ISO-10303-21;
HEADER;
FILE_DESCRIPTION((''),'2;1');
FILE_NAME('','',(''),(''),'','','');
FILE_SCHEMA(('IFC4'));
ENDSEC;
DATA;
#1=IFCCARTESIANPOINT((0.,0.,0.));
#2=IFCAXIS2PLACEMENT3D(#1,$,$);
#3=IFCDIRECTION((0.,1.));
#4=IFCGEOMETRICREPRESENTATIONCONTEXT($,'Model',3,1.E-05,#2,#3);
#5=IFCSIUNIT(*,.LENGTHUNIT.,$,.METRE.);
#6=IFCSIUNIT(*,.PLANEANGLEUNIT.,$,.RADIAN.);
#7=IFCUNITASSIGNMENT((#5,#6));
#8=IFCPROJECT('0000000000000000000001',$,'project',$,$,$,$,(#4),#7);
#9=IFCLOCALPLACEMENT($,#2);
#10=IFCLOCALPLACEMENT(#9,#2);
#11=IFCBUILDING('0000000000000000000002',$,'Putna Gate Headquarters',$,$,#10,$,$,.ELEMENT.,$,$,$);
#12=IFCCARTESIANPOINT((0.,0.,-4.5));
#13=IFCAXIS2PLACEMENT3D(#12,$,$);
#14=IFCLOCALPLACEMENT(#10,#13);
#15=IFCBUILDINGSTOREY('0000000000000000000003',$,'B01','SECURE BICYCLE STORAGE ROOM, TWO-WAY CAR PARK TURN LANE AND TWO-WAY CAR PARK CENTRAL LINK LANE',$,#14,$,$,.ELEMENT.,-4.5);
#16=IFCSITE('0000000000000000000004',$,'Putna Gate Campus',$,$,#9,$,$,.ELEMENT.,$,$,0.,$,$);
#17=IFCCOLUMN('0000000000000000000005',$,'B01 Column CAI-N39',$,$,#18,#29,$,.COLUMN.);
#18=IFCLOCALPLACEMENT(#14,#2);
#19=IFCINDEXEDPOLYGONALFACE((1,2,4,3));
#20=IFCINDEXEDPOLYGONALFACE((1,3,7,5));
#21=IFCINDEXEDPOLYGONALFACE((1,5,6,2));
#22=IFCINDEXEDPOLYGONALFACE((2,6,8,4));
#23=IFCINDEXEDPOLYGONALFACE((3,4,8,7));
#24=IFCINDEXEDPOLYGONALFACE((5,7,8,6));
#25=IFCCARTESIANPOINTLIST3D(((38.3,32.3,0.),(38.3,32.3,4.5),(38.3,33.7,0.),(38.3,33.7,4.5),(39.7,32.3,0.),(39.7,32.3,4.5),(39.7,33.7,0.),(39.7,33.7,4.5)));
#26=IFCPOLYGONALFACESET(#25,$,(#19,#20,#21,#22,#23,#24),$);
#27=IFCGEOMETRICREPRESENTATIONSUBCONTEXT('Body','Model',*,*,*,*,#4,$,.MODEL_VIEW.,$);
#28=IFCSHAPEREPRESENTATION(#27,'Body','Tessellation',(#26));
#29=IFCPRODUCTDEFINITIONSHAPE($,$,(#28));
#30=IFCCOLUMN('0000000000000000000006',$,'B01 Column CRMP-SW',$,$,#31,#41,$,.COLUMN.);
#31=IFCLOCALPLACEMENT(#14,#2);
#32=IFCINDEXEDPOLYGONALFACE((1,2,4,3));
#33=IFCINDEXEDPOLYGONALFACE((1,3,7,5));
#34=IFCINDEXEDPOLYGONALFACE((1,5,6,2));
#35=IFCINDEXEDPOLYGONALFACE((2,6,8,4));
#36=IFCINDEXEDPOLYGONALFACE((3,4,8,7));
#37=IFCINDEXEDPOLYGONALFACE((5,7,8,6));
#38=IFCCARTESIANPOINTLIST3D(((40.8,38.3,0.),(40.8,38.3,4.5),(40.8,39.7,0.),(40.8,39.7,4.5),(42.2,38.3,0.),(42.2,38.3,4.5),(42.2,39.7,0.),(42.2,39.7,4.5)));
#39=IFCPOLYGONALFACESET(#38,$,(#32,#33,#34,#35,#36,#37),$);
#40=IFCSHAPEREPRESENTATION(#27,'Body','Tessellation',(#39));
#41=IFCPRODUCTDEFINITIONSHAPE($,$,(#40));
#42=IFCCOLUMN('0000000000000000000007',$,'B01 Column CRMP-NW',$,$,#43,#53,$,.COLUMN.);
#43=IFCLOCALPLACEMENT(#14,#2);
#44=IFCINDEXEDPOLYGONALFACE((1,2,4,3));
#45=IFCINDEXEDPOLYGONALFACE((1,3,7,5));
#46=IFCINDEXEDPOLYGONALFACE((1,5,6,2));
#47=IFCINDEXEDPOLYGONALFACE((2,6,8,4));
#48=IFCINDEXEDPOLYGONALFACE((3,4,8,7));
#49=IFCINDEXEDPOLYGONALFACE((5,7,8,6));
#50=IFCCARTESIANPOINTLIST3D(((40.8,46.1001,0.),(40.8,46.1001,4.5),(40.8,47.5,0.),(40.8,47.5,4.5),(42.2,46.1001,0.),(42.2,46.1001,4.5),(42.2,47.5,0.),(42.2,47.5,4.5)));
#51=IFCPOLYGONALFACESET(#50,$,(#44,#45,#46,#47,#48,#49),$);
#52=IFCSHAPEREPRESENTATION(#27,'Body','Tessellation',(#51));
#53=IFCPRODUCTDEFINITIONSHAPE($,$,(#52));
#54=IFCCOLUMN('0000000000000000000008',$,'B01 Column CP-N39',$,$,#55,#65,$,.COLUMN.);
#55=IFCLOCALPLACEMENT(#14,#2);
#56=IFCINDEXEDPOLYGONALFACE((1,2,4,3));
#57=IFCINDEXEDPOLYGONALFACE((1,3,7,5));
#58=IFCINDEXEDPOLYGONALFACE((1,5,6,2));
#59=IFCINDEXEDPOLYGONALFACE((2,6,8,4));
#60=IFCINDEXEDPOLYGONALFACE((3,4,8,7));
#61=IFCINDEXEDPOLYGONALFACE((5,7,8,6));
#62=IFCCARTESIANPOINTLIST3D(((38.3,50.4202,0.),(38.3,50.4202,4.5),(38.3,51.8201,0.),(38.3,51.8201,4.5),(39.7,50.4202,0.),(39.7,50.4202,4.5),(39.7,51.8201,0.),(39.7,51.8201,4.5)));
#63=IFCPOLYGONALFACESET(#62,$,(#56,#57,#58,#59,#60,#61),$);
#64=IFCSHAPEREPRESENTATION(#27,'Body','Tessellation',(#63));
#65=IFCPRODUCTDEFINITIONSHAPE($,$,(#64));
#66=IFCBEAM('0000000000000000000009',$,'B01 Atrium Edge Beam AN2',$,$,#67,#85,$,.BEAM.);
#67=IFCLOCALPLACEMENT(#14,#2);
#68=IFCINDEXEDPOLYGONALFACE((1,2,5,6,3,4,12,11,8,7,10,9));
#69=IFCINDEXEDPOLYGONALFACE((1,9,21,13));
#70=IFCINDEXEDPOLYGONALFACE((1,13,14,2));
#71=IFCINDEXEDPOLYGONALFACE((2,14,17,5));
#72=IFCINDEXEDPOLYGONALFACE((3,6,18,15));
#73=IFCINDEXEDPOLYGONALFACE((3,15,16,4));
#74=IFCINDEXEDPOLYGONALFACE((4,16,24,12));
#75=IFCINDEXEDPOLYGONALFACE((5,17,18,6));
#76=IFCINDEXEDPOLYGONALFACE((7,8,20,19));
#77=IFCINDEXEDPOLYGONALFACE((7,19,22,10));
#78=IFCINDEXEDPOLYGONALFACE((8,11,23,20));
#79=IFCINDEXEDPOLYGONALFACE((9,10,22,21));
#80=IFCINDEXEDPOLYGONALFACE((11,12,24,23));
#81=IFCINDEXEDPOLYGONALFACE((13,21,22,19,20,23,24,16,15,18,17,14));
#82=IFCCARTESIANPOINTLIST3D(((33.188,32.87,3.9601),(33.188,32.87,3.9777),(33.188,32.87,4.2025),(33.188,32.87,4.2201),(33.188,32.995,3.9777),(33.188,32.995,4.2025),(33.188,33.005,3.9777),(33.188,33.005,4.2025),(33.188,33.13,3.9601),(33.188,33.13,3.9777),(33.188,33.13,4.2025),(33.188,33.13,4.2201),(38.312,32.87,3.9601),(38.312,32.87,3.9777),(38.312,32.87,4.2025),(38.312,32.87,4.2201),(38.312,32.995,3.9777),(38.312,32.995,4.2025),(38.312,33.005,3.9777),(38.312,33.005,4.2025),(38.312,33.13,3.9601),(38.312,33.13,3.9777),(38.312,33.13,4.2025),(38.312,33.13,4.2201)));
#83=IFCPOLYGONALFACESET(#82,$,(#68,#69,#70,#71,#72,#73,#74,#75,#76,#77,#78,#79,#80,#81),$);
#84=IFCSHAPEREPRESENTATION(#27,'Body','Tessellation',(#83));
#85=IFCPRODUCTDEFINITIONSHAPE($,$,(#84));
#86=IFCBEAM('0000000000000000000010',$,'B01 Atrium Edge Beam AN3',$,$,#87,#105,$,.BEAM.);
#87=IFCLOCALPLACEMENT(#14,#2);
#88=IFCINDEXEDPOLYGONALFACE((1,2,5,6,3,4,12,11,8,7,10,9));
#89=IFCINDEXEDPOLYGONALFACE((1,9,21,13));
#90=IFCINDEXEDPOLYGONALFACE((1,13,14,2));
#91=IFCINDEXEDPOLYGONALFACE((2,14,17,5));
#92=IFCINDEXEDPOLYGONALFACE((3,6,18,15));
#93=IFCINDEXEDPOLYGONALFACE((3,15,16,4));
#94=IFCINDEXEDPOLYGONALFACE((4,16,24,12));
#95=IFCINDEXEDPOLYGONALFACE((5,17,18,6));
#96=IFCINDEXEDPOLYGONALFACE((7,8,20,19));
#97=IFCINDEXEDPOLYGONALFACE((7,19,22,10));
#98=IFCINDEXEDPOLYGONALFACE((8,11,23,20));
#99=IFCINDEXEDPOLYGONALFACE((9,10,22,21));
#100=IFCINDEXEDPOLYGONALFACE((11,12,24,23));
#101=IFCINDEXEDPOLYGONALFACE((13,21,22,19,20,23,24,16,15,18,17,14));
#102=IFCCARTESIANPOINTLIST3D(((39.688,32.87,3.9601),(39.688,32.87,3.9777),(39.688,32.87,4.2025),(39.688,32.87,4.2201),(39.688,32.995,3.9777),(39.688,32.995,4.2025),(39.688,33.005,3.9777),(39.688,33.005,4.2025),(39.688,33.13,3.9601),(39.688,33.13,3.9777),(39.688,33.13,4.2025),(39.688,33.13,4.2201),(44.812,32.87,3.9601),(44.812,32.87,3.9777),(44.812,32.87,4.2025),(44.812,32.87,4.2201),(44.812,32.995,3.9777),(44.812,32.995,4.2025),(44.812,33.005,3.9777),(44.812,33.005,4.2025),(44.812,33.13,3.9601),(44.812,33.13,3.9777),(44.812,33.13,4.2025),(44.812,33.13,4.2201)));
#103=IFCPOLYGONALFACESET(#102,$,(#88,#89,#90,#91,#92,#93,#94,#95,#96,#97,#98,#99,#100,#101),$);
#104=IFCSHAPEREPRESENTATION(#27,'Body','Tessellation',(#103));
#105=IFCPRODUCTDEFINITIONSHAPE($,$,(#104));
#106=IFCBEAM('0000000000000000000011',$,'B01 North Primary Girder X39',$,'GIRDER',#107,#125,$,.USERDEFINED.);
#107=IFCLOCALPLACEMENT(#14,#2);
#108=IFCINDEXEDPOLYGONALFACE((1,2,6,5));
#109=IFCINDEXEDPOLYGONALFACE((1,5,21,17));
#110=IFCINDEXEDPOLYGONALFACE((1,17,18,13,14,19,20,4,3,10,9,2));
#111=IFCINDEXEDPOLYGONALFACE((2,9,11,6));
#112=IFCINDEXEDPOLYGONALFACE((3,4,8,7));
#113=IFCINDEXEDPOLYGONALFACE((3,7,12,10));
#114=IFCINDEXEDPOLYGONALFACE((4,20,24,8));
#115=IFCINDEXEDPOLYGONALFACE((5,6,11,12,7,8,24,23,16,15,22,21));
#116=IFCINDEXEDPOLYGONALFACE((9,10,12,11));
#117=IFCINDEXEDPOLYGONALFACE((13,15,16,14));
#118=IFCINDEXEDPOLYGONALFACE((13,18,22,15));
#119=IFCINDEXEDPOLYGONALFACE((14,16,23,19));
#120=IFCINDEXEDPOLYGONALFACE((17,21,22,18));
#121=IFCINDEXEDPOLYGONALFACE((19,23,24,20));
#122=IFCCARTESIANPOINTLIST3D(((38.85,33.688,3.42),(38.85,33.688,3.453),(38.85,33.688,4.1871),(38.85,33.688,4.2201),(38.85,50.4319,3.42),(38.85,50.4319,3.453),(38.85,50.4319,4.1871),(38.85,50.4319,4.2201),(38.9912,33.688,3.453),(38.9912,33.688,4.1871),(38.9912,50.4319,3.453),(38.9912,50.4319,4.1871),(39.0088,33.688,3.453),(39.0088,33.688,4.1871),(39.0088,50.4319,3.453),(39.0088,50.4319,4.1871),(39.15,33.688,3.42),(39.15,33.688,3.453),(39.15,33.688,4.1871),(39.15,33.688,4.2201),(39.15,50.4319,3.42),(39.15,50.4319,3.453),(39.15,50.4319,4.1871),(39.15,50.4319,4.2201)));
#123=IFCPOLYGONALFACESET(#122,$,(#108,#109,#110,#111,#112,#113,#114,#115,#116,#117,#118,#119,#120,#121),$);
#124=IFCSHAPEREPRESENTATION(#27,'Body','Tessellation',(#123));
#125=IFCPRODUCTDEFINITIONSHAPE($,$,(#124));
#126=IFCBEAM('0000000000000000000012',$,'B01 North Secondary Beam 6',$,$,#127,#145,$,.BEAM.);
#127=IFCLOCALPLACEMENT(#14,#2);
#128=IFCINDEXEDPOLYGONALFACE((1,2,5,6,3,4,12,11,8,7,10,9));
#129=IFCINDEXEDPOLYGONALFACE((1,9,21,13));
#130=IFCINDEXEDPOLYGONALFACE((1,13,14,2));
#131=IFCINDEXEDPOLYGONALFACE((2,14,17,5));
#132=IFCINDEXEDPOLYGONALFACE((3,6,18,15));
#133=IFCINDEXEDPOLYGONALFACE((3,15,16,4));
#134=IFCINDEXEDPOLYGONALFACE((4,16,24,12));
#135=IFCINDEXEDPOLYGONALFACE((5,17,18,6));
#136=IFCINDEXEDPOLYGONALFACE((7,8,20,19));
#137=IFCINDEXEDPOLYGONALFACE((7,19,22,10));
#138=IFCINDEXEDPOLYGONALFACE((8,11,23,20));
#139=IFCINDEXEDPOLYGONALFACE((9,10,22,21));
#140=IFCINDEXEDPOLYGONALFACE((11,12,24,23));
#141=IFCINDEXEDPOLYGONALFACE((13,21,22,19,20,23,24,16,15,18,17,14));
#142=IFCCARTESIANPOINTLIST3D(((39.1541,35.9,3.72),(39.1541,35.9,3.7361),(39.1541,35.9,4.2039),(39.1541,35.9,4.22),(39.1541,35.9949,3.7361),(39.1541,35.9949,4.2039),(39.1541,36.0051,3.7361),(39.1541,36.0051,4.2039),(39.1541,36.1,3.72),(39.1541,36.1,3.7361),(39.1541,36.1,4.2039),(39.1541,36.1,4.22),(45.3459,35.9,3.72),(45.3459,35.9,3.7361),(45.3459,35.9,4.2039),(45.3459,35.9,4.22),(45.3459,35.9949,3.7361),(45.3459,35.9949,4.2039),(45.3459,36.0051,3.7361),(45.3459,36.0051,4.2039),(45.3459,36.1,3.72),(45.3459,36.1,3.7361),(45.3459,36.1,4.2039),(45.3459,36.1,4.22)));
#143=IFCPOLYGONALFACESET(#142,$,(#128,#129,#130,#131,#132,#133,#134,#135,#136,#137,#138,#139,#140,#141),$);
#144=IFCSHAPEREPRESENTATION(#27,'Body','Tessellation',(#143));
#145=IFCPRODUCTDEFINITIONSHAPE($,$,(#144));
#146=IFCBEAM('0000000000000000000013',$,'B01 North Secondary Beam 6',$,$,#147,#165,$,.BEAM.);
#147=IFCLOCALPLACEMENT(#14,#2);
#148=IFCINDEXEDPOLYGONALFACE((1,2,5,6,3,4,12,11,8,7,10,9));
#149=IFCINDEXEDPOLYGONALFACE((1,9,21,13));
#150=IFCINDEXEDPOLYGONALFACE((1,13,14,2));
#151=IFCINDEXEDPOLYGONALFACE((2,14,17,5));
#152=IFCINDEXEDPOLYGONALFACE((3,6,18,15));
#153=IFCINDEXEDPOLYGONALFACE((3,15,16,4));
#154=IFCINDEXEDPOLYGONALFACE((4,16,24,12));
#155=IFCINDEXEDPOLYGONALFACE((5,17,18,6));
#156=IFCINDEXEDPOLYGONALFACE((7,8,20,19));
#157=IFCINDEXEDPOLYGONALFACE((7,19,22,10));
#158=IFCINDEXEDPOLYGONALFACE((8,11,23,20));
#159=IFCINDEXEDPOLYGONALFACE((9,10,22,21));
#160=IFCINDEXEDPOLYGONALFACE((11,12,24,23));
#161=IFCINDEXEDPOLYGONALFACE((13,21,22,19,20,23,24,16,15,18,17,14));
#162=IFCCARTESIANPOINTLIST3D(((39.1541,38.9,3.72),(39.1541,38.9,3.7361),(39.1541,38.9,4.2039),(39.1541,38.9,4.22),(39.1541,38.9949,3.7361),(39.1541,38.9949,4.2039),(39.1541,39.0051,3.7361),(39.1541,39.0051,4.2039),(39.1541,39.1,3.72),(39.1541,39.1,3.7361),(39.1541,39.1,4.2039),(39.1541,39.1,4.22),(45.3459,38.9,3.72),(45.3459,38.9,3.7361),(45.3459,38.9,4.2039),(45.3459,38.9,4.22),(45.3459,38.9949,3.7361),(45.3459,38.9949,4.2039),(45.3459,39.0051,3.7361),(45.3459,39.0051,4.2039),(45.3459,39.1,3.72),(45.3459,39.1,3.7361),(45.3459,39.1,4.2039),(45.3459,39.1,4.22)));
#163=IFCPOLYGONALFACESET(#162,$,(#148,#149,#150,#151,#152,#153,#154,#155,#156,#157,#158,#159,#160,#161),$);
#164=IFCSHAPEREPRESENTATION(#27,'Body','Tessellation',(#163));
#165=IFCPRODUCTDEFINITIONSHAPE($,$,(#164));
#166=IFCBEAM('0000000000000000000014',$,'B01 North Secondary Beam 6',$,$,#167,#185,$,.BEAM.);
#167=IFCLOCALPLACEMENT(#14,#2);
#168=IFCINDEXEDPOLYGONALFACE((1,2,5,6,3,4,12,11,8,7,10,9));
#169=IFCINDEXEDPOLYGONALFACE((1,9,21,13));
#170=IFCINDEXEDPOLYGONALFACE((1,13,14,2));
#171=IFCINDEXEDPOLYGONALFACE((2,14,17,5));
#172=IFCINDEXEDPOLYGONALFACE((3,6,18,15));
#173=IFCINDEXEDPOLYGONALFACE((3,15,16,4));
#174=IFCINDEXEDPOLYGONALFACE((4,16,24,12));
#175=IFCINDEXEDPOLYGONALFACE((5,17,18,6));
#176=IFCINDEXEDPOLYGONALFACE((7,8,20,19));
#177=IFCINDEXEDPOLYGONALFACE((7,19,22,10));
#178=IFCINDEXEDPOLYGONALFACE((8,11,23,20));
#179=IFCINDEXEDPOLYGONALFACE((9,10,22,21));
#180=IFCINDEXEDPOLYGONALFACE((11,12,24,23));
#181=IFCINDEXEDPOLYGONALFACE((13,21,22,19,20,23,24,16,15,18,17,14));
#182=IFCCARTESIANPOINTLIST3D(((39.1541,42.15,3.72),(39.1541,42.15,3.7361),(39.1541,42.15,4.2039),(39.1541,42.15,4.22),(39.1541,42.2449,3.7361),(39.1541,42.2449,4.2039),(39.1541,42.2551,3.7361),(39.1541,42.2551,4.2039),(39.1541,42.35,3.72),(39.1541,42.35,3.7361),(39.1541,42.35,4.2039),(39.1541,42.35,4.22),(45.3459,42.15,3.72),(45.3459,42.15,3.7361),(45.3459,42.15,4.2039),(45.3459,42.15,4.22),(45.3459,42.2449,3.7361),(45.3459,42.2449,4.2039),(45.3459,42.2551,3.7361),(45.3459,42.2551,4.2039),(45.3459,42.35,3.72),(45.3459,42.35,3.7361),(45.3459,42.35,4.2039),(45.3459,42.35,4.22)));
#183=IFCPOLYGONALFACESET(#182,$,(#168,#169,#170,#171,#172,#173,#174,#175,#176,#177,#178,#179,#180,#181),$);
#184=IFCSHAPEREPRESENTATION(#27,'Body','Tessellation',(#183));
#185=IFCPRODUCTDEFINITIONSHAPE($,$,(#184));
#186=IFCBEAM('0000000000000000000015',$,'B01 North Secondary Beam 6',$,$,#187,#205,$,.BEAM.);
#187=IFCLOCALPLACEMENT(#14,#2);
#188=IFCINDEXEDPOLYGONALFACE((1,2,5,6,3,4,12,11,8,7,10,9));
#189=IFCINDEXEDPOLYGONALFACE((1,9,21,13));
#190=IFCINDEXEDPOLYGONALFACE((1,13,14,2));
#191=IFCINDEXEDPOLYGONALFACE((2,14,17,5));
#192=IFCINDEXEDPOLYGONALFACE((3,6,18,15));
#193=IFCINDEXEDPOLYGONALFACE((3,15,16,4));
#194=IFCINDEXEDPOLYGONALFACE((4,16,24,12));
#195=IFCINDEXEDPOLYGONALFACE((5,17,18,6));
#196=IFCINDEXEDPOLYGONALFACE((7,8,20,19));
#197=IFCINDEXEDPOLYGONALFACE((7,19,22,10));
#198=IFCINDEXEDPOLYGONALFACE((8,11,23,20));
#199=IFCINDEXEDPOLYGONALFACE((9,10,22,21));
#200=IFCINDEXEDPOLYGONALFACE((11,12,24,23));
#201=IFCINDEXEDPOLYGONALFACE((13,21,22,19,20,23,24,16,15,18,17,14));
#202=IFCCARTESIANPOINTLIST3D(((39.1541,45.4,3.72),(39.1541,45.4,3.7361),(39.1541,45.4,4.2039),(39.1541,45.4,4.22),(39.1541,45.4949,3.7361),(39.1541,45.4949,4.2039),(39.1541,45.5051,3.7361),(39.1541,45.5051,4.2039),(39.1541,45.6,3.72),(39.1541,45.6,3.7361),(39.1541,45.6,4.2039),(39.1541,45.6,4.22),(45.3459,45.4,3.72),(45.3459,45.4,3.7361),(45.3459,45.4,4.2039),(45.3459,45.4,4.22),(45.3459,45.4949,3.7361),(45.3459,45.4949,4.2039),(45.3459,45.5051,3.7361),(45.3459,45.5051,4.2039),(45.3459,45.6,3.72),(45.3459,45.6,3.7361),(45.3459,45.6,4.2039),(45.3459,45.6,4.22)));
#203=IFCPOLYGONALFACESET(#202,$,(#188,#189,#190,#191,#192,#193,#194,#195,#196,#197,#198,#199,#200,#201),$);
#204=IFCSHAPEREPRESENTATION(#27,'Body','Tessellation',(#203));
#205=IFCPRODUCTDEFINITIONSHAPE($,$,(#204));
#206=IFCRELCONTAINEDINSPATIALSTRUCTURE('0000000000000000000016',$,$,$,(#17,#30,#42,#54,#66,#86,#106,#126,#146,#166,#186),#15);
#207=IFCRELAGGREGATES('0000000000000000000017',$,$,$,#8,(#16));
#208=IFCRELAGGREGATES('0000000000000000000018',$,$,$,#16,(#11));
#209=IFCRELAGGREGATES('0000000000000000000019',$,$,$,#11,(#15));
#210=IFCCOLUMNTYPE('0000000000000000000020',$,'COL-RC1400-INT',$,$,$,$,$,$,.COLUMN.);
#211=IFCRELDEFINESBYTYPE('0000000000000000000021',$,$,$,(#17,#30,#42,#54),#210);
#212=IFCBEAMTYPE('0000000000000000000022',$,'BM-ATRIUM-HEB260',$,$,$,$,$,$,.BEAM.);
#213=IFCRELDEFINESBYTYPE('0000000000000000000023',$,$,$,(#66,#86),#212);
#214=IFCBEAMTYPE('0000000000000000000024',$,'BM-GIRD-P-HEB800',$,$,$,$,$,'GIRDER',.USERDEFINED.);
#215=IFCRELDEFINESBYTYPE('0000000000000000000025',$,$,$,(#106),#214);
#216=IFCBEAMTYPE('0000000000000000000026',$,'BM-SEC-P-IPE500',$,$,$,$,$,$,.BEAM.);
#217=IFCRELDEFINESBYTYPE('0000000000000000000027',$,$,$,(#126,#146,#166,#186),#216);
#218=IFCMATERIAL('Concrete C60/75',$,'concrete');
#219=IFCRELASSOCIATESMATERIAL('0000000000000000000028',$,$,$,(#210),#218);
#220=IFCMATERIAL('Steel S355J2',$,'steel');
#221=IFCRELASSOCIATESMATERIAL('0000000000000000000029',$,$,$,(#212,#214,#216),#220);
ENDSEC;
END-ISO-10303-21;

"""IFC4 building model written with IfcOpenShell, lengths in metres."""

from ifc_helpers import new_model, si_unit, direction, frame, origin, origin_2d, place, context, subcontext, project, spatial, rectangle, i_section, extrude, material, material_profile, profile_set, type_object, element, save


model = new_model("IFC4")

# Units and contexts
model_context = context("Model", 3, precision=1e-05, world=origin(), true_north=direction((0.0, 1.0)))
body_context = subcontext(model_context, "Body", "Model", "MODEL_VIEW")
ifc_project = project(units=[si_unit("LENGTHUNIT", "METRE"), si_unit("PLANEANGLEUNIT", "RADIAN")], contexts=[model_context])

# Site, building, storey
site_placement = place(None, origin())
site = spatial("IfcSite", under=ifc_project, at=site_placement, Name="Putna Gate Campus", CompositionType="ELEMENT", RefElevation=0.0)
building_placement = place(site_placement, origin())
building = spatial("IfcBuilding", under=site, at=building_placement, Name="Putna Gate Headquarters", CompositionType="ELEMENT")
storey_placement = place(building_placement, frame((0.0, 0.0, -4.5)))
storey = spatial("IfcBuildingStorey", under=building, at=storey_placement, Name="B01", Description="SECURE BICYCLE STORAGE ROOM, TWO-WAY CAR PARK TURN LANE AND TWO-WAY CAR PARK CENTRAL LINK LANE", CompositionType="ELEMENT", Elevation=-4.5)

# Columns
ifc_material_1 = material(Name="Concrete C60/75", Category="concrete")
ifc_material_profile_1 = material_profile(ifc_material_1, rectangle(XDim=1.3999, YDim=1.3999, at=origin_2d()), Name="Concrete C60/75")
ifc_profile_set_1 = profile_set([ifc_material_profile_1], Name="Concrete C60/75")
column_type = type_object("IfcColumnType", Name="COL-RC1400-INT", PredefinedType="COLUMN", material=ifc_profile_set_1)
for number, where, z_axis, x_axis, name in (
    (1, (39.0, 33.0, 0.0), (0.0, 0.0, 1.0), (1.0, 0.0, 0.0), "B01 Column CAI-N39"),
    (2, (41.5, 39.0, 0.0), (0.0, 0.0, 1.0), (1.0, 0.0, 0.0), "B01 Column CRMP-SW"),
    (3, (41.5, 46.8, 0.0), (0.0, 0.0, 1.0), (1.0, 0.0, 0.0), "B01 Column CRMP-NW"),
    (4, (39.0, 51.1201, 0.0), (0.0, 0.0, 1.0), (1.0, 0.0, 0.0), "B01 Column CP-N39"),
):
    element("IfcColumn", number, at=place(storey_placement, frame(where, z_axis=z_axis, x_axis=x_axis)), inside=storey, type_object=column_type, Name=name, PredefinedType="COLUMN", context=body_context, shape_type="SweptSolid", body=[
        extrude(rectangle(XDim=1.3999, YDim=1.3999, at=origin_2d()), origin(), (0.0, 0.0, 1.0), 4.5),
    ])

# Beams
ifc_material_2 = material(Name="Steel S355J2", Category="steel")
ifc_material_profile_2 = material_profile(ifc_material_2, i_section(OverallWidth=0.26, OverallDepth=0.26, WebThickness=0.01, FlangeThickness=0.0176, at=origin_2d()), Name="Steel S355J2")
ifc_profile_set_2 = profile_set([ifc_material_profile_2], Name="Steel S355J2")
beam_type_1 = type_object("IfcBeamType", Name="BM-ATRIUM-HEB260", PredefinedType="BEAM", material=ifc_profile_set_2)
for number, where, z_axis, x_axis, name in (
    (5, (33.188, 33.0, 4.0901), (1.0, 0.0, 0.0), (0.0, 1.0, 0.0), "B01 Atrium Edge Beam AN2"),
    (6, (39.688, 33.0, 4.0901), (1.0, 0.0, 0.0), (0.0, 1.0, 0.0), "B01 Atrium Edge Beam AN3"),
):
    element("IfcBeam", number, at=place(storey_placement, frame(where, z_axis=z_axis, x_axis=x_axis)), inside=storey, type_object=beam_type_1, Name=name, PredefinedType="BEAM", context=body_context, shape_type="SweptSolid", body=[
        extrude(i_section(OverallWidth=0.26, OverallDepth=0.26, WebThickness=0.01, FlangeThickness=0.0176, at=origin_2d()), origin(), (0.0, 0.0, 1.0), 5.124),
    ])
ifc_material_profile_3 = material_profile(ifc_material_2, i_section(OverallWidth=0.3, OverallDepth=0.8, WebThickness=0.0176, FlangeThickness=0.033, at=origin_2d()), Name="Steel S355J2")
ifc_profile_set_3 = profile_set([ifc_material_profile_3], Name="Steel S355J2")
beam_type_2 = type_object("IfcBeamType", Name="BM-GIRD-P-HEB800", ElementType="GIRDER", PredefinedType="USERDEFINED", material=ifc_profile_set_3)
beam_1_placement = place(storey_placement, frame((39.0, 33.688, 3.8201), z_axis=(0.0, 1.0, 0.0), x_axis=(-1.0, 0.0, 0.0)))
element("IfcBeam", 7, at=beam_1_placement, inside=storey, type_object=beam_type_2, Name="B01 North Primary Girder X39", ObjectType="GIRDER", PredefinedType="USERDEFINED", context=body_context, shape_type="SweptSolid", body=[
    extrude(i_section(OverallWidth=0.3, OverallDepth=0.8, WebThickness=0.0176, FlangeThickness=0.033, at=origin_2d()), origin(), (0.0, 0.0, 1.0), 16.7439),
])
ifc_material_profile_4 = material_profile(ifc_material_2, i_section(OverallWidth=0.2, OverallDepth=0.5, WebThickness=0.0103, FlangeThickness=0.0161, at=origin_2d()), Name="Steel S355J2")
ifc_profile_set_4 = profile_set([ifc_material_profile_4], Name="Steel S355J2")
beam_type_3 = type_object("IfcBeamType", Name="BM-SEC-P-IPE500", PredefinedType="BEAM", material=ifc_profile_set_4)
for number, where, z_axis, x_axis, name in (
    (8, (39.1541, 36.0, 3.97), (1.0, 0.0, 0.0), (0.0, 1.0, 0.0), "B01 North Secondary Beam 6"),
    (9, (39.1541, 39.0, 3.97), (1.0, 0.0, 0.0), (0.0, 1.0, 0.0), "B01 North Secondary Beam 6"),
    (10, (39.1541, 42.25, 3.97), (1.0, 0.0, 0.0), (0.0, 1.0, 0.0), "B01 North Secondary Beam 6"),
    (11, (39.1541, 45.5, 3.97), (1.0, 0.0, 0.0), (0.0, 1.0, 0.0), "B01 North Secondary Beam 6"),
):
    element("IfcBeam", number, at=place(storey_placement, frame(where, z_axis=z_axis, x_axis=x_axis)), inside=storey, type_object=beam_type_3, Name=name, PredefinedType="BEAM", context=body_context, shape_type="SweptSolid", body=[
        extrude(i_section(OverallWidth=0.2, OverallDepth=0.5, WebThickness=0.0103, FlangeThickness=0.0161, at=origin_2d()), origin(), (0.0, 0.0, 1.0), 6.1919),
    ])

save(model, "model.ifc")
